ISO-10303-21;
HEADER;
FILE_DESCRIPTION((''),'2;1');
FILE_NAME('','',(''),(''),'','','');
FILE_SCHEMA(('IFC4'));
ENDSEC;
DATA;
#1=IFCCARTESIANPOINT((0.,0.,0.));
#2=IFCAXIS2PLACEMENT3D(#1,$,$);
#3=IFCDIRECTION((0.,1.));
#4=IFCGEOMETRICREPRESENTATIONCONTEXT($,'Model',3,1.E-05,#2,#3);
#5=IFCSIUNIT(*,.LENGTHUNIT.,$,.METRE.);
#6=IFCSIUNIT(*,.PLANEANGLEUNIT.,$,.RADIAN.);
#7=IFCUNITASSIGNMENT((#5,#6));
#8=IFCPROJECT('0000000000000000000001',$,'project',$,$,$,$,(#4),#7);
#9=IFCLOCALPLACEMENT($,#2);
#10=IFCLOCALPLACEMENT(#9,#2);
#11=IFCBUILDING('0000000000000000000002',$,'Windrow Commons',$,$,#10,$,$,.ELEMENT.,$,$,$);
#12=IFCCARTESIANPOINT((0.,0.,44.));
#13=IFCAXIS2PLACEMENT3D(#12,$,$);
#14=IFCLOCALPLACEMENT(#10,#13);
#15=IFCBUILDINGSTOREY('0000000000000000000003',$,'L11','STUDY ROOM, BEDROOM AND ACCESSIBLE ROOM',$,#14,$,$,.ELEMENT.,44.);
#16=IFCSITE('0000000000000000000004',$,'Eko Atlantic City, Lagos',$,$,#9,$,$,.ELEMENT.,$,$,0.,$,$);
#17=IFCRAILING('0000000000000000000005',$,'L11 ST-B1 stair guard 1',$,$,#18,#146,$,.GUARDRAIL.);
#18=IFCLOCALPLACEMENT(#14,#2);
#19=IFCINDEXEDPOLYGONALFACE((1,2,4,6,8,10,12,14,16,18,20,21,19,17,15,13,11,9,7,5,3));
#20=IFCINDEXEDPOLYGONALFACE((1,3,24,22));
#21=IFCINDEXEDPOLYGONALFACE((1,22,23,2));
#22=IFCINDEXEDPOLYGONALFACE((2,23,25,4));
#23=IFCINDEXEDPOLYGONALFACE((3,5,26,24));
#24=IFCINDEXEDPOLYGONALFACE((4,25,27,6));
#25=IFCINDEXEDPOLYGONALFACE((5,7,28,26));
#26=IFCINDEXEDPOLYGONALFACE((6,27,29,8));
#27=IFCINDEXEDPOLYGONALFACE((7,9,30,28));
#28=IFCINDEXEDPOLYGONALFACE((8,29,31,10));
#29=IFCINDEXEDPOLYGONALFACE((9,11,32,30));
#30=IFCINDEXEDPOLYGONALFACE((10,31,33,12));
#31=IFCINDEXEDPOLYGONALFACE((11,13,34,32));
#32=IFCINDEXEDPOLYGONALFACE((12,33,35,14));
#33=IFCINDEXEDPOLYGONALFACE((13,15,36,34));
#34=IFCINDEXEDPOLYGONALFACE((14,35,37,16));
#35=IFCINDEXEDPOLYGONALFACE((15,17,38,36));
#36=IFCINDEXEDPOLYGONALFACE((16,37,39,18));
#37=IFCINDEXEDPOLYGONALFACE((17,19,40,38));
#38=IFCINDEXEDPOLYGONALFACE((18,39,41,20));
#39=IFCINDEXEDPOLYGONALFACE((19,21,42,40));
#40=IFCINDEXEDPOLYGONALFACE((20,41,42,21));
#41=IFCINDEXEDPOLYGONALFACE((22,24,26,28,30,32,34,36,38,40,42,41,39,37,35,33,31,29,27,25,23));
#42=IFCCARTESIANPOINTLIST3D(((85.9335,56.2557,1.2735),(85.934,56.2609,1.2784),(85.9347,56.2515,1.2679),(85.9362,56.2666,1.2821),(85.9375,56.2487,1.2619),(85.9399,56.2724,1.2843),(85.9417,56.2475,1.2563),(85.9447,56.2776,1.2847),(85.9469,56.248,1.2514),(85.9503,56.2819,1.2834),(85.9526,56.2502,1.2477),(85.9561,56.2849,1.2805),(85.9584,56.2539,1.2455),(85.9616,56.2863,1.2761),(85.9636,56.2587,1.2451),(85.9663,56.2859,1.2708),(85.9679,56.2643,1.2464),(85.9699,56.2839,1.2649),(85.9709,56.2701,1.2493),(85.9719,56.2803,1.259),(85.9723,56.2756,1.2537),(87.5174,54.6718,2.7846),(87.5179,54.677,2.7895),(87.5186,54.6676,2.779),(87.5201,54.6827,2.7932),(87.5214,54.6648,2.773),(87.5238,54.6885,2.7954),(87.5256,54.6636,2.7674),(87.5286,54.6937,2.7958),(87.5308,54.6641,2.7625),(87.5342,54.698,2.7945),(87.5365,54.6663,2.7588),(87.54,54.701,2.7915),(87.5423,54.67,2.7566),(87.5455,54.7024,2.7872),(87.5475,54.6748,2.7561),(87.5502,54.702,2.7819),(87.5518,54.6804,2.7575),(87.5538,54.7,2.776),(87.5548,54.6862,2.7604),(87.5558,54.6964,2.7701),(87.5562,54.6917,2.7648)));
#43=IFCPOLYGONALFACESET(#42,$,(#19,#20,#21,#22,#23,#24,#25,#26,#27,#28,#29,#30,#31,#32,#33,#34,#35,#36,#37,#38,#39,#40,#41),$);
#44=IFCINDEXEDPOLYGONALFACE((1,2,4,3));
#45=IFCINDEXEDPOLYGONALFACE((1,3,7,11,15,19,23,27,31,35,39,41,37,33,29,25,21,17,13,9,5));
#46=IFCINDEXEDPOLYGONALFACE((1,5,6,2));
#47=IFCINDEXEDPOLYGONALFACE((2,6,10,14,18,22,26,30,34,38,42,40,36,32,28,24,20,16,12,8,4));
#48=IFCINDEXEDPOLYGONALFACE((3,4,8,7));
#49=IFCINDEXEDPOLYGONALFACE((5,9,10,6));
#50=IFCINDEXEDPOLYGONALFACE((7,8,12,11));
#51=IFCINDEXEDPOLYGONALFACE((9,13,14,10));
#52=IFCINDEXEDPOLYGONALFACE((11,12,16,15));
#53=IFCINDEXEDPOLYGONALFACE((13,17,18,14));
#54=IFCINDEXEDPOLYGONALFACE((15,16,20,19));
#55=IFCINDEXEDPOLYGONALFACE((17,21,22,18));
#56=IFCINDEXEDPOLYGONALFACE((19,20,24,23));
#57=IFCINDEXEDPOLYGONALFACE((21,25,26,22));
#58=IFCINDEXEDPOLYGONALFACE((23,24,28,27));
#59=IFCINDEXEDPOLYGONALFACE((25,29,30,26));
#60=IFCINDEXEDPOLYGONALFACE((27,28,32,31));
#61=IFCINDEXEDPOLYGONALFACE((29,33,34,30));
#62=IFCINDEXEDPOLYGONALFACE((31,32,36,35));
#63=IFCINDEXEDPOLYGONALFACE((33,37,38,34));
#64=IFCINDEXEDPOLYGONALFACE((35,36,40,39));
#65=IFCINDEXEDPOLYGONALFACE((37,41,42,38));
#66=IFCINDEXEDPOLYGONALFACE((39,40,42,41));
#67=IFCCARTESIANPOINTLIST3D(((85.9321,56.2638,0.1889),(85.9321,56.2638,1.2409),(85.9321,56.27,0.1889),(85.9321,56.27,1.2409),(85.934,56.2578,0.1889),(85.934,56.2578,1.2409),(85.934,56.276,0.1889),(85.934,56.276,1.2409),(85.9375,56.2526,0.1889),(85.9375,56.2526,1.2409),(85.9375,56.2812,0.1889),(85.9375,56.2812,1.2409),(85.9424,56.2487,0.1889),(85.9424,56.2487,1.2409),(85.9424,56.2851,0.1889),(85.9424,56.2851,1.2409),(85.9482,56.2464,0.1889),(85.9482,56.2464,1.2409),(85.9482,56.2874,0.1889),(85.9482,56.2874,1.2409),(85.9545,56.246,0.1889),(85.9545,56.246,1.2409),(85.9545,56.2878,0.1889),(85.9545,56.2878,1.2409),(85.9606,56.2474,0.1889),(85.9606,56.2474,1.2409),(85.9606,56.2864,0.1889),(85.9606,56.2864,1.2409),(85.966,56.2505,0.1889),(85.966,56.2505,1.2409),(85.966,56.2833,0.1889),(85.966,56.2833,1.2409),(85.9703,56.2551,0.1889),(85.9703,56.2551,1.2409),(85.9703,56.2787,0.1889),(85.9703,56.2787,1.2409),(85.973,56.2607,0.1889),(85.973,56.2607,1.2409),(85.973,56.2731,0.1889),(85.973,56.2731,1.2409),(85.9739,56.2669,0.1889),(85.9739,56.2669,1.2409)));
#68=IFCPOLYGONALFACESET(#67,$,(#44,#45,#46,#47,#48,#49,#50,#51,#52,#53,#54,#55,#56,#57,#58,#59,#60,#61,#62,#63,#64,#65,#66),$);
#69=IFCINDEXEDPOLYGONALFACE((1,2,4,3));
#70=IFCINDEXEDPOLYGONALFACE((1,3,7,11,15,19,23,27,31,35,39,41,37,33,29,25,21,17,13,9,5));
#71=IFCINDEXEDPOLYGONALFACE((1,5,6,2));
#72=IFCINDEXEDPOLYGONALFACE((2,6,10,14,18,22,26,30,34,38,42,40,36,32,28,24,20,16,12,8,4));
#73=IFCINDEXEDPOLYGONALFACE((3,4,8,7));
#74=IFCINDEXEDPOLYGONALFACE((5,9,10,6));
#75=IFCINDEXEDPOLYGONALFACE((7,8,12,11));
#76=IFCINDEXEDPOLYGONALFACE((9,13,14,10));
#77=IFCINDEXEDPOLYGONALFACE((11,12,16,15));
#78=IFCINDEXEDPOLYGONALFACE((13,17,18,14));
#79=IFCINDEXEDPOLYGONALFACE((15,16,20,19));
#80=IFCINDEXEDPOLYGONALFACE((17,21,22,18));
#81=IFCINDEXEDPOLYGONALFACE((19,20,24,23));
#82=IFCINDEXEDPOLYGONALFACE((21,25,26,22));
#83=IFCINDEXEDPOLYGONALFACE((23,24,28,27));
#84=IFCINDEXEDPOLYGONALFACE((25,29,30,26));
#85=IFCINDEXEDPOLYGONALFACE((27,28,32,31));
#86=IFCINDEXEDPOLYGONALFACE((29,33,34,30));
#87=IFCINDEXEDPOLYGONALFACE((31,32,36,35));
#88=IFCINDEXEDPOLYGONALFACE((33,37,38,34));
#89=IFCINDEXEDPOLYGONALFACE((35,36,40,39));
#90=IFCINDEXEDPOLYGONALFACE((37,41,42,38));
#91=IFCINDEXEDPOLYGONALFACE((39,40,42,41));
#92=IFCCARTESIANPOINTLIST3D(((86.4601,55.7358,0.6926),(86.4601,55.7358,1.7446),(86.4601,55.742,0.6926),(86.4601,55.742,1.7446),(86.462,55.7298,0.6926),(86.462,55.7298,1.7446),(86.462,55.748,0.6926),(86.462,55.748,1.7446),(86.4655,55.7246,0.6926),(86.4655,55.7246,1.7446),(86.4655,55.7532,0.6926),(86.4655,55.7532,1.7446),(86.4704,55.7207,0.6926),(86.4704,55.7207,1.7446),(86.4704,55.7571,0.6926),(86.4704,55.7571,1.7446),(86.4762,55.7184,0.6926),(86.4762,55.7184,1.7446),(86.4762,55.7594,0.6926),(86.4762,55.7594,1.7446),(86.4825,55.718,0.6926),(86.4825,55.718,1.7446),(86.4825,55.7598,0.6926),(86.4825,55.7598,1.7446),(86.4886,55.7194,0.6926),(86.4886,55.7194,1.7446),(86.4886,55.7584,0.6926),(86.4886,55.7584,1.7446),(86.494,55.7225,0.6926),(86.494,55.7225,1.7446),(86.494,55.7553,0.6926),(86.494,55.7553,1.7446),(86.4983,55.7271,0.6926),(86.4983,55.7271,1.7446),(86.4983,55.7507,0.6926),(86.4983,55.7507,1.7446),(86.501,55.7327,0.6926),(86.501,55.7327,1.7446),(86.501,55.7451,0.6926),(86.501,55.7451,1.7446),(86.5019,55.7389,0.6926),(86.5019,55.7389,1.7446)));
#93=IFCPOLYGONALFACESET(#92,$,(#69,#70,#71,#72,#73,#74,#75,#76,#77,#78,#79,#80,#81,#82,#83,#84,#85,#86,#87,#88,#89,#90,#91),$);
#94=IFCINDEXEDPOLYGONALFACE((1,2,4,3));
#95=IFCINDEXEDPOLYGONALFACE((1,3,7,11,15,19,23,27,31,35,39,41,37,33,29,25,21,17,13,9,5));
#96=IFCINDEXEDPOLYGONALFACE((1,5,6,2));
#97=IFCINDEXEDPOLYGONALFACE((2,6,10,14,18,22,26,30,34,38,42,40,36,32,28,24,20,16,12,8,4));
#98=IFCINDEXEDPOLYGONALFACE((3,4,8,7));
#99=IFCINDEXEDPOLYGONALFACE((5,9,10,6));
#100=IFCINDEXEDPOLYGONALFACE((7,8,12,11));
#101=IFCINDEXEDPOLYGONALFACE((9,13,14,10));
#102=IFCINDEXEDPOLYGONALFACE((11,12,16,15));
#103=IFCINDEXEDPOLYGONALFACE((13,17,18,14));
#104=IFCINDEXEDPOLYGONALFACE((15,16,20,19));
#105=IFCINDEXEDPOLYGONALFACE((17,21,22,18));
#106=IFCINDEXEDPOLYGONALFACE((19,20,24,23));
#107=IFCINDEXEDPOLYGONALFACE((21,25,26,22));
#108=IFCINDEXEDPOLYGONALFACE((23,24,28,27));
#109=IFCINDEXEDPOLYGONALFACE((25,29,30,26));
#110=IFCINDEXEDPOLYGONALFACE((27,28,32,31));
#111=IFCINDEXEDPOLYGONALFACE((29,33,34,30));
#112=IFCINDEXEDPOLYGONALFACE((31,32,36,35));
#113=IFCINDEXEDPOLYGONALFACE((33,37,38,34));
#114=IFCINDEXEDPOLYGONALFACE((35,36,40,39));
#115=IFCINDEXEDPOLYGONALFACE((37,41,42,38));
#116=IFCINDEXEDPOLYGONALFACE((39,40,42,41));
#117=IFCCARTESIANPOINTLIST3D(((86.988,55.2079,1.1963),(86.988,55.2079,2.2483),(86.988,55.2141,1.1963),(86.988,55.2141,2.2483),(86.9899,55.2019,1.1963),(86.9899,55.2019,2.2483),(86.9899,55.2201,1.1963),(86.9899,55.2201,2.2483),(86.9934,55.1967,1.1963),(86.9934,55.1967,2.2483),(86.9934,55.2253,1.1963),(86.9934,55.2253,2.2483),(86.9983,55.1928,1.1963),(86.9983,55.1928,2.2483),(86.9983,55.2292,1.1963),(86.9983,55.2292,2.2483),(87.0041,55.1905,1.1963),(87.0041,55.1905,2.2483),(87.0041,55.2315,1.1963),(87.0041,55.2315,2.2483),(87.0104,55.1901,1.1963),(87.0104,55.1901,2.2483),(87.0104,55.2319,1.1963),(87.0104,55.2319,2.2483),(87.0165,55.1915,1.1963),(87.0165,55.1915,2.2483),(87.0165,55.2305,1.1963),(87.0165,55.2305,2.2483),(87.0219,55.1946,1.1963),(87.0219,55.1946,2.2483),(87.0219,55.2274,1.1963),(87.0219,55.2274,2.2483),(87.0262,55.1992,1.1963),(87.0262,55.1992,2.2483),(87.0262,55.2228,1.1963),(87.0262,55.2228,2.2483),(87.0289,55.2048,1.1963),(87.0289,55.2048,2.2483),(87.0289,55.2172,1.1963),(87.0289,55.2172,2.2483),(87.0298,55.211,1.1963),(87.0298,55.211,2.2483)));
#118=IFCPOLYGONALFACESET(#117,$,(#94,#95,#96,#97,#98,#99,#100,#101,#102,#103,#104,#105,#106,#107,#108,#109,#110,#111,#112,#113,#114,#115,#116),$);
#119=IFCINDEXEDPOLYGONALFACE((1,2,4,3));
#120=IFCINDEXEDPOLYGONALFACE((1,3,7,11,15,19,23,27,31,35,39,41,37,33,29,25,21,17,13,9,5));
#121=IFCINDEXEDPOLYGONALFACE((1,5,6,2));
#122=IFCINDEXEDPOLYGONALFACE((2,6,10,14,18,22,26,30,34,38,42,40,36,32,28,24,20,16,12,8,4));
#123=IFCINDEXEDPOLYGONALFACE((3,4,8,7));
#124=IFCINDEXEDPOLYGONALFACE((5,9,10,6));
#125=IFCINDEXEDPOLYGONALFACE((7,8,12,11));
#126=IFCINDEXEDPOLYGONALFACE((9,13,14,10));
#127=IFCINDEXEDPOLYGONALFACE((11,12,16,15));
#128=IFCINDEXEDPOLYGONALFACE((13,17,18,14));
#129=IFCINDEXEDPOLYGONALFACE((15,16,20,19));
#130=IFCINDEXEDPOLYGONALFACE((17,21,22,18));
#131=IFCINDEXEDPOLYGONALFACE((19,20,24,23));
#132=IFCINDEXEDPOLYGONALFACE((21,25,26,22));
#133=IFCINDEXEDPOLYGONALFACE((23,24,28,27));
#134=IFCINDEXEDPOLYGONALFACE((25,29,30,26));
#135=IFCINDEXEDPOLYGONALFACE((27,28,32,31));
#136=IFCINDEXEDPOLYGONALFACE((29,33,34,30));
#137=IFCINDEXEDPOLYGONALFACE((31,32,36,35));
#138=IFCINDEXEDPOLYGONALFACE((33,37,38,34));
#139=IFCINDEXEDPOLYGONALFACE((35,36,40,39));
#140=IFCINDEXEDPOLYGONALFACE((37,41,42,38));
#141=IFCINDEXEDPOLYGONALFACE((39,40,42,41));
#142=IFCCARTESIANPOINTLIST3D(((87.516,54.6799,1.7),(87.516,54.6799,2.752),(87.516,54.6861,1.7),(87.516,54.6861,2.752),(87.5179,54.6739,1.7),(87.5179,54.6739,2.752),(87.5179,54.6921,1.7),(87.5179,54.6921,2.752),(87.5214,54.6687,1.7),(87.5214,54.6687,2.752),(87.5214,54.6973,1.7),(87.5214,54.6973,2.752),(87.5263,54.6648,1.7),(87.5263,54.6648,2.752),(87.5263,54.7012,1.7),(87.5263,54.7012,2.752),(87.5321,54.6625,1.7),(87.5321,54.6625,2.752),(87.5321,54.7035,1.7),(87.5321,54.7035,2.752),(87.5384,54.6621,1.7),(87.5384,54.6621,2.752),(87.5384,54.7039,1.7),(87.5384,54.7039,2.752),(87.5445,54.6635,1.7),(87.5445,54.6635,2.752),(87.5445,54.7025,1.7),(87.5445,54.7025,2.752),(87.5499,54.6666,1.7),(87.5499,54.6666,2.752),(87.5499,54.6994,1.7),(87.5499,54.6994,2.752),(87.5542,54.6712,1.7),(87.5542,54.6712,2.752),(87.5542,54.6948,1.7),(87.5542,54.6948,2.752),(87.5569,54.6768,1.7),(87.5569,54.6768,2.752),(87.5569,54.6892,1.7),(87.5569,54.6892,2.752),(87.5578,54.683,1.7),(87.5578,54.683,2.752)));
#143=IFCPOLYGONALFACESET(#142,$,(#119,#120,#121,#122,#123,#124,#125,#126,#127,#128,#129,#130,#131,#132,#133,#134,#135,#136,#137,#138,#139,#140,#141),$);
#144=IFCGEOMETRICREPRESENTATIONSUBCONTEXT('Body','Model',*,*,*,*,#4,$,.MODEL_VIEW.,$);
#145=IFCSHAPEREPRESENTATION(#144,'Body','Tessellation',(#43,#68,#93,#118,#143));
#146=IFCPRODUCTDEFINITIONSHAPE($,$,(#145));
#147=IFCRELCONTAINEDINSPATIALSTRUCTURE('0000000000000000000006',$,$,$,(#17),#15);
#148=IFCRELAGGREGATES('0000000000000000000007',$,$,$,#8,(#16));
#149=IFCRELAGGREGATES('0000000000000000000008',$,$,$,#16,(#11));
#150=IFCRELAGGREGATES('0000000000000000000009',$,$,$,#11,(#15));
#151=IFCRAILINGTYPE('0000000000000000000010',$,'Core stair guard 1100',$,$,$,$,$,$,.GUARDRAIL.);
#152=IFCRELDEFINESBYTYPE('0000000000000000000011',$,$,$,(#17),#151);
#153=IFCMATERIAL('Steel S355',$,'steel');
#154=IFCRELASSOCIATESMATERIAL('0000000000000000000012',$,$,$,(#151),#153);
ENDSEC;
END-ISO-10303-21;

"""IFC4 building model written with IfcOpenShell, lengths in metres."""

from ifc_helpers import new_model, si_unit, direction, frame, origin, origin_2d, place, context, subcontext, project, spatial, circle, extrude, material, type_object, element, save


model = new_model("IFC4")

# Units and contexts
model_context = context("Model", 3, precision=1e-05, world=origin(), true_north=direction((0.0, 1.0)))
body_context = subcontext(model_context, "Body", "Model", "MODEL_VIEW")
ifc_project = project(units=[si_unit("LENGTHUNIT", "METRE"), si_unit("PLANEANGLEUNIT", "RADIAN")], contexts=[model_context])

# Site, building, storey
site_placement = place(None, origin())
site = spatial("IfcSite", under=ifc_project, at=site_placement, Name="Eko Atlantic City, Lagos", CompositionType="ELEMENT", RefElevation=0.0)
building_placement = place(site_placement, origin())
building = spatial("IfcBuilding", under=site, at=building_placement, Name="Windrow Commons", CompositionType="ELEMENT")
storey_placement = place(building_placement, frame((0.0, 0.0, 44.0)))
storey = spatial("IfcBuildingStorey", under=building, at=storey_placement, Name="L11", Description="STUDY ROOM, BEDROOM AND ACCESSIBLE ROOM", CompositionType="ELEMENT", Elevation=44.0)

# Railing
ifc_material_1 = material(Name="Steel S355", Category="steel")
railing_type_1 = type_object("IfcRailingType", Name="Core stair guard 1100", PredefinedType="GUARDRAIL", material=ifc_material_1)
railing_1_placement = place(storey_placement, frame((85.9529, 56.2669, 0.1889)))
element("IfcRailing", 1, at=railing_1_placement, inside=storey, type_object=railing_type_1, Name="L11 ST-B1 stair guard 1", PredefinedType="GUARDRAIL", context=body_context, shape_type="SweptSolid", body=[
    extrude(circle(Radius=0.024, at=origin_2d()), frame((0.0, 0.0, 1.076), z_axis=(0.586191, -0.586191, 0.559249), x_axis=(0.707107, 0.707107, 0.0)), (0.0, 0.0, 1.0), 2.702),
    extrude(circle(Radius=0.021, at=origin_2d()), origin(), (0.0, 0.0, 1.0), 1.052),
    extrude(circle(Radius=0.021, at=origin_2d()), frame((0.528, -0.528, 0.5037)), (0.0, 0.0, 1.0), 1.052),
    extrude(circle(Radius=0.021, at=origin_2d()), frame((1.0559, -1.0559, 1.0074)), (0.0, 0.0, 1.0), 1.052),
    extrude(circle(Radius=0.021, at=origin_2d()), frame((1.5839, -1.5839, 1.5111)), (0.0, 0.0, 1.0), 1.052),
])

save(model, "model.ifc")
